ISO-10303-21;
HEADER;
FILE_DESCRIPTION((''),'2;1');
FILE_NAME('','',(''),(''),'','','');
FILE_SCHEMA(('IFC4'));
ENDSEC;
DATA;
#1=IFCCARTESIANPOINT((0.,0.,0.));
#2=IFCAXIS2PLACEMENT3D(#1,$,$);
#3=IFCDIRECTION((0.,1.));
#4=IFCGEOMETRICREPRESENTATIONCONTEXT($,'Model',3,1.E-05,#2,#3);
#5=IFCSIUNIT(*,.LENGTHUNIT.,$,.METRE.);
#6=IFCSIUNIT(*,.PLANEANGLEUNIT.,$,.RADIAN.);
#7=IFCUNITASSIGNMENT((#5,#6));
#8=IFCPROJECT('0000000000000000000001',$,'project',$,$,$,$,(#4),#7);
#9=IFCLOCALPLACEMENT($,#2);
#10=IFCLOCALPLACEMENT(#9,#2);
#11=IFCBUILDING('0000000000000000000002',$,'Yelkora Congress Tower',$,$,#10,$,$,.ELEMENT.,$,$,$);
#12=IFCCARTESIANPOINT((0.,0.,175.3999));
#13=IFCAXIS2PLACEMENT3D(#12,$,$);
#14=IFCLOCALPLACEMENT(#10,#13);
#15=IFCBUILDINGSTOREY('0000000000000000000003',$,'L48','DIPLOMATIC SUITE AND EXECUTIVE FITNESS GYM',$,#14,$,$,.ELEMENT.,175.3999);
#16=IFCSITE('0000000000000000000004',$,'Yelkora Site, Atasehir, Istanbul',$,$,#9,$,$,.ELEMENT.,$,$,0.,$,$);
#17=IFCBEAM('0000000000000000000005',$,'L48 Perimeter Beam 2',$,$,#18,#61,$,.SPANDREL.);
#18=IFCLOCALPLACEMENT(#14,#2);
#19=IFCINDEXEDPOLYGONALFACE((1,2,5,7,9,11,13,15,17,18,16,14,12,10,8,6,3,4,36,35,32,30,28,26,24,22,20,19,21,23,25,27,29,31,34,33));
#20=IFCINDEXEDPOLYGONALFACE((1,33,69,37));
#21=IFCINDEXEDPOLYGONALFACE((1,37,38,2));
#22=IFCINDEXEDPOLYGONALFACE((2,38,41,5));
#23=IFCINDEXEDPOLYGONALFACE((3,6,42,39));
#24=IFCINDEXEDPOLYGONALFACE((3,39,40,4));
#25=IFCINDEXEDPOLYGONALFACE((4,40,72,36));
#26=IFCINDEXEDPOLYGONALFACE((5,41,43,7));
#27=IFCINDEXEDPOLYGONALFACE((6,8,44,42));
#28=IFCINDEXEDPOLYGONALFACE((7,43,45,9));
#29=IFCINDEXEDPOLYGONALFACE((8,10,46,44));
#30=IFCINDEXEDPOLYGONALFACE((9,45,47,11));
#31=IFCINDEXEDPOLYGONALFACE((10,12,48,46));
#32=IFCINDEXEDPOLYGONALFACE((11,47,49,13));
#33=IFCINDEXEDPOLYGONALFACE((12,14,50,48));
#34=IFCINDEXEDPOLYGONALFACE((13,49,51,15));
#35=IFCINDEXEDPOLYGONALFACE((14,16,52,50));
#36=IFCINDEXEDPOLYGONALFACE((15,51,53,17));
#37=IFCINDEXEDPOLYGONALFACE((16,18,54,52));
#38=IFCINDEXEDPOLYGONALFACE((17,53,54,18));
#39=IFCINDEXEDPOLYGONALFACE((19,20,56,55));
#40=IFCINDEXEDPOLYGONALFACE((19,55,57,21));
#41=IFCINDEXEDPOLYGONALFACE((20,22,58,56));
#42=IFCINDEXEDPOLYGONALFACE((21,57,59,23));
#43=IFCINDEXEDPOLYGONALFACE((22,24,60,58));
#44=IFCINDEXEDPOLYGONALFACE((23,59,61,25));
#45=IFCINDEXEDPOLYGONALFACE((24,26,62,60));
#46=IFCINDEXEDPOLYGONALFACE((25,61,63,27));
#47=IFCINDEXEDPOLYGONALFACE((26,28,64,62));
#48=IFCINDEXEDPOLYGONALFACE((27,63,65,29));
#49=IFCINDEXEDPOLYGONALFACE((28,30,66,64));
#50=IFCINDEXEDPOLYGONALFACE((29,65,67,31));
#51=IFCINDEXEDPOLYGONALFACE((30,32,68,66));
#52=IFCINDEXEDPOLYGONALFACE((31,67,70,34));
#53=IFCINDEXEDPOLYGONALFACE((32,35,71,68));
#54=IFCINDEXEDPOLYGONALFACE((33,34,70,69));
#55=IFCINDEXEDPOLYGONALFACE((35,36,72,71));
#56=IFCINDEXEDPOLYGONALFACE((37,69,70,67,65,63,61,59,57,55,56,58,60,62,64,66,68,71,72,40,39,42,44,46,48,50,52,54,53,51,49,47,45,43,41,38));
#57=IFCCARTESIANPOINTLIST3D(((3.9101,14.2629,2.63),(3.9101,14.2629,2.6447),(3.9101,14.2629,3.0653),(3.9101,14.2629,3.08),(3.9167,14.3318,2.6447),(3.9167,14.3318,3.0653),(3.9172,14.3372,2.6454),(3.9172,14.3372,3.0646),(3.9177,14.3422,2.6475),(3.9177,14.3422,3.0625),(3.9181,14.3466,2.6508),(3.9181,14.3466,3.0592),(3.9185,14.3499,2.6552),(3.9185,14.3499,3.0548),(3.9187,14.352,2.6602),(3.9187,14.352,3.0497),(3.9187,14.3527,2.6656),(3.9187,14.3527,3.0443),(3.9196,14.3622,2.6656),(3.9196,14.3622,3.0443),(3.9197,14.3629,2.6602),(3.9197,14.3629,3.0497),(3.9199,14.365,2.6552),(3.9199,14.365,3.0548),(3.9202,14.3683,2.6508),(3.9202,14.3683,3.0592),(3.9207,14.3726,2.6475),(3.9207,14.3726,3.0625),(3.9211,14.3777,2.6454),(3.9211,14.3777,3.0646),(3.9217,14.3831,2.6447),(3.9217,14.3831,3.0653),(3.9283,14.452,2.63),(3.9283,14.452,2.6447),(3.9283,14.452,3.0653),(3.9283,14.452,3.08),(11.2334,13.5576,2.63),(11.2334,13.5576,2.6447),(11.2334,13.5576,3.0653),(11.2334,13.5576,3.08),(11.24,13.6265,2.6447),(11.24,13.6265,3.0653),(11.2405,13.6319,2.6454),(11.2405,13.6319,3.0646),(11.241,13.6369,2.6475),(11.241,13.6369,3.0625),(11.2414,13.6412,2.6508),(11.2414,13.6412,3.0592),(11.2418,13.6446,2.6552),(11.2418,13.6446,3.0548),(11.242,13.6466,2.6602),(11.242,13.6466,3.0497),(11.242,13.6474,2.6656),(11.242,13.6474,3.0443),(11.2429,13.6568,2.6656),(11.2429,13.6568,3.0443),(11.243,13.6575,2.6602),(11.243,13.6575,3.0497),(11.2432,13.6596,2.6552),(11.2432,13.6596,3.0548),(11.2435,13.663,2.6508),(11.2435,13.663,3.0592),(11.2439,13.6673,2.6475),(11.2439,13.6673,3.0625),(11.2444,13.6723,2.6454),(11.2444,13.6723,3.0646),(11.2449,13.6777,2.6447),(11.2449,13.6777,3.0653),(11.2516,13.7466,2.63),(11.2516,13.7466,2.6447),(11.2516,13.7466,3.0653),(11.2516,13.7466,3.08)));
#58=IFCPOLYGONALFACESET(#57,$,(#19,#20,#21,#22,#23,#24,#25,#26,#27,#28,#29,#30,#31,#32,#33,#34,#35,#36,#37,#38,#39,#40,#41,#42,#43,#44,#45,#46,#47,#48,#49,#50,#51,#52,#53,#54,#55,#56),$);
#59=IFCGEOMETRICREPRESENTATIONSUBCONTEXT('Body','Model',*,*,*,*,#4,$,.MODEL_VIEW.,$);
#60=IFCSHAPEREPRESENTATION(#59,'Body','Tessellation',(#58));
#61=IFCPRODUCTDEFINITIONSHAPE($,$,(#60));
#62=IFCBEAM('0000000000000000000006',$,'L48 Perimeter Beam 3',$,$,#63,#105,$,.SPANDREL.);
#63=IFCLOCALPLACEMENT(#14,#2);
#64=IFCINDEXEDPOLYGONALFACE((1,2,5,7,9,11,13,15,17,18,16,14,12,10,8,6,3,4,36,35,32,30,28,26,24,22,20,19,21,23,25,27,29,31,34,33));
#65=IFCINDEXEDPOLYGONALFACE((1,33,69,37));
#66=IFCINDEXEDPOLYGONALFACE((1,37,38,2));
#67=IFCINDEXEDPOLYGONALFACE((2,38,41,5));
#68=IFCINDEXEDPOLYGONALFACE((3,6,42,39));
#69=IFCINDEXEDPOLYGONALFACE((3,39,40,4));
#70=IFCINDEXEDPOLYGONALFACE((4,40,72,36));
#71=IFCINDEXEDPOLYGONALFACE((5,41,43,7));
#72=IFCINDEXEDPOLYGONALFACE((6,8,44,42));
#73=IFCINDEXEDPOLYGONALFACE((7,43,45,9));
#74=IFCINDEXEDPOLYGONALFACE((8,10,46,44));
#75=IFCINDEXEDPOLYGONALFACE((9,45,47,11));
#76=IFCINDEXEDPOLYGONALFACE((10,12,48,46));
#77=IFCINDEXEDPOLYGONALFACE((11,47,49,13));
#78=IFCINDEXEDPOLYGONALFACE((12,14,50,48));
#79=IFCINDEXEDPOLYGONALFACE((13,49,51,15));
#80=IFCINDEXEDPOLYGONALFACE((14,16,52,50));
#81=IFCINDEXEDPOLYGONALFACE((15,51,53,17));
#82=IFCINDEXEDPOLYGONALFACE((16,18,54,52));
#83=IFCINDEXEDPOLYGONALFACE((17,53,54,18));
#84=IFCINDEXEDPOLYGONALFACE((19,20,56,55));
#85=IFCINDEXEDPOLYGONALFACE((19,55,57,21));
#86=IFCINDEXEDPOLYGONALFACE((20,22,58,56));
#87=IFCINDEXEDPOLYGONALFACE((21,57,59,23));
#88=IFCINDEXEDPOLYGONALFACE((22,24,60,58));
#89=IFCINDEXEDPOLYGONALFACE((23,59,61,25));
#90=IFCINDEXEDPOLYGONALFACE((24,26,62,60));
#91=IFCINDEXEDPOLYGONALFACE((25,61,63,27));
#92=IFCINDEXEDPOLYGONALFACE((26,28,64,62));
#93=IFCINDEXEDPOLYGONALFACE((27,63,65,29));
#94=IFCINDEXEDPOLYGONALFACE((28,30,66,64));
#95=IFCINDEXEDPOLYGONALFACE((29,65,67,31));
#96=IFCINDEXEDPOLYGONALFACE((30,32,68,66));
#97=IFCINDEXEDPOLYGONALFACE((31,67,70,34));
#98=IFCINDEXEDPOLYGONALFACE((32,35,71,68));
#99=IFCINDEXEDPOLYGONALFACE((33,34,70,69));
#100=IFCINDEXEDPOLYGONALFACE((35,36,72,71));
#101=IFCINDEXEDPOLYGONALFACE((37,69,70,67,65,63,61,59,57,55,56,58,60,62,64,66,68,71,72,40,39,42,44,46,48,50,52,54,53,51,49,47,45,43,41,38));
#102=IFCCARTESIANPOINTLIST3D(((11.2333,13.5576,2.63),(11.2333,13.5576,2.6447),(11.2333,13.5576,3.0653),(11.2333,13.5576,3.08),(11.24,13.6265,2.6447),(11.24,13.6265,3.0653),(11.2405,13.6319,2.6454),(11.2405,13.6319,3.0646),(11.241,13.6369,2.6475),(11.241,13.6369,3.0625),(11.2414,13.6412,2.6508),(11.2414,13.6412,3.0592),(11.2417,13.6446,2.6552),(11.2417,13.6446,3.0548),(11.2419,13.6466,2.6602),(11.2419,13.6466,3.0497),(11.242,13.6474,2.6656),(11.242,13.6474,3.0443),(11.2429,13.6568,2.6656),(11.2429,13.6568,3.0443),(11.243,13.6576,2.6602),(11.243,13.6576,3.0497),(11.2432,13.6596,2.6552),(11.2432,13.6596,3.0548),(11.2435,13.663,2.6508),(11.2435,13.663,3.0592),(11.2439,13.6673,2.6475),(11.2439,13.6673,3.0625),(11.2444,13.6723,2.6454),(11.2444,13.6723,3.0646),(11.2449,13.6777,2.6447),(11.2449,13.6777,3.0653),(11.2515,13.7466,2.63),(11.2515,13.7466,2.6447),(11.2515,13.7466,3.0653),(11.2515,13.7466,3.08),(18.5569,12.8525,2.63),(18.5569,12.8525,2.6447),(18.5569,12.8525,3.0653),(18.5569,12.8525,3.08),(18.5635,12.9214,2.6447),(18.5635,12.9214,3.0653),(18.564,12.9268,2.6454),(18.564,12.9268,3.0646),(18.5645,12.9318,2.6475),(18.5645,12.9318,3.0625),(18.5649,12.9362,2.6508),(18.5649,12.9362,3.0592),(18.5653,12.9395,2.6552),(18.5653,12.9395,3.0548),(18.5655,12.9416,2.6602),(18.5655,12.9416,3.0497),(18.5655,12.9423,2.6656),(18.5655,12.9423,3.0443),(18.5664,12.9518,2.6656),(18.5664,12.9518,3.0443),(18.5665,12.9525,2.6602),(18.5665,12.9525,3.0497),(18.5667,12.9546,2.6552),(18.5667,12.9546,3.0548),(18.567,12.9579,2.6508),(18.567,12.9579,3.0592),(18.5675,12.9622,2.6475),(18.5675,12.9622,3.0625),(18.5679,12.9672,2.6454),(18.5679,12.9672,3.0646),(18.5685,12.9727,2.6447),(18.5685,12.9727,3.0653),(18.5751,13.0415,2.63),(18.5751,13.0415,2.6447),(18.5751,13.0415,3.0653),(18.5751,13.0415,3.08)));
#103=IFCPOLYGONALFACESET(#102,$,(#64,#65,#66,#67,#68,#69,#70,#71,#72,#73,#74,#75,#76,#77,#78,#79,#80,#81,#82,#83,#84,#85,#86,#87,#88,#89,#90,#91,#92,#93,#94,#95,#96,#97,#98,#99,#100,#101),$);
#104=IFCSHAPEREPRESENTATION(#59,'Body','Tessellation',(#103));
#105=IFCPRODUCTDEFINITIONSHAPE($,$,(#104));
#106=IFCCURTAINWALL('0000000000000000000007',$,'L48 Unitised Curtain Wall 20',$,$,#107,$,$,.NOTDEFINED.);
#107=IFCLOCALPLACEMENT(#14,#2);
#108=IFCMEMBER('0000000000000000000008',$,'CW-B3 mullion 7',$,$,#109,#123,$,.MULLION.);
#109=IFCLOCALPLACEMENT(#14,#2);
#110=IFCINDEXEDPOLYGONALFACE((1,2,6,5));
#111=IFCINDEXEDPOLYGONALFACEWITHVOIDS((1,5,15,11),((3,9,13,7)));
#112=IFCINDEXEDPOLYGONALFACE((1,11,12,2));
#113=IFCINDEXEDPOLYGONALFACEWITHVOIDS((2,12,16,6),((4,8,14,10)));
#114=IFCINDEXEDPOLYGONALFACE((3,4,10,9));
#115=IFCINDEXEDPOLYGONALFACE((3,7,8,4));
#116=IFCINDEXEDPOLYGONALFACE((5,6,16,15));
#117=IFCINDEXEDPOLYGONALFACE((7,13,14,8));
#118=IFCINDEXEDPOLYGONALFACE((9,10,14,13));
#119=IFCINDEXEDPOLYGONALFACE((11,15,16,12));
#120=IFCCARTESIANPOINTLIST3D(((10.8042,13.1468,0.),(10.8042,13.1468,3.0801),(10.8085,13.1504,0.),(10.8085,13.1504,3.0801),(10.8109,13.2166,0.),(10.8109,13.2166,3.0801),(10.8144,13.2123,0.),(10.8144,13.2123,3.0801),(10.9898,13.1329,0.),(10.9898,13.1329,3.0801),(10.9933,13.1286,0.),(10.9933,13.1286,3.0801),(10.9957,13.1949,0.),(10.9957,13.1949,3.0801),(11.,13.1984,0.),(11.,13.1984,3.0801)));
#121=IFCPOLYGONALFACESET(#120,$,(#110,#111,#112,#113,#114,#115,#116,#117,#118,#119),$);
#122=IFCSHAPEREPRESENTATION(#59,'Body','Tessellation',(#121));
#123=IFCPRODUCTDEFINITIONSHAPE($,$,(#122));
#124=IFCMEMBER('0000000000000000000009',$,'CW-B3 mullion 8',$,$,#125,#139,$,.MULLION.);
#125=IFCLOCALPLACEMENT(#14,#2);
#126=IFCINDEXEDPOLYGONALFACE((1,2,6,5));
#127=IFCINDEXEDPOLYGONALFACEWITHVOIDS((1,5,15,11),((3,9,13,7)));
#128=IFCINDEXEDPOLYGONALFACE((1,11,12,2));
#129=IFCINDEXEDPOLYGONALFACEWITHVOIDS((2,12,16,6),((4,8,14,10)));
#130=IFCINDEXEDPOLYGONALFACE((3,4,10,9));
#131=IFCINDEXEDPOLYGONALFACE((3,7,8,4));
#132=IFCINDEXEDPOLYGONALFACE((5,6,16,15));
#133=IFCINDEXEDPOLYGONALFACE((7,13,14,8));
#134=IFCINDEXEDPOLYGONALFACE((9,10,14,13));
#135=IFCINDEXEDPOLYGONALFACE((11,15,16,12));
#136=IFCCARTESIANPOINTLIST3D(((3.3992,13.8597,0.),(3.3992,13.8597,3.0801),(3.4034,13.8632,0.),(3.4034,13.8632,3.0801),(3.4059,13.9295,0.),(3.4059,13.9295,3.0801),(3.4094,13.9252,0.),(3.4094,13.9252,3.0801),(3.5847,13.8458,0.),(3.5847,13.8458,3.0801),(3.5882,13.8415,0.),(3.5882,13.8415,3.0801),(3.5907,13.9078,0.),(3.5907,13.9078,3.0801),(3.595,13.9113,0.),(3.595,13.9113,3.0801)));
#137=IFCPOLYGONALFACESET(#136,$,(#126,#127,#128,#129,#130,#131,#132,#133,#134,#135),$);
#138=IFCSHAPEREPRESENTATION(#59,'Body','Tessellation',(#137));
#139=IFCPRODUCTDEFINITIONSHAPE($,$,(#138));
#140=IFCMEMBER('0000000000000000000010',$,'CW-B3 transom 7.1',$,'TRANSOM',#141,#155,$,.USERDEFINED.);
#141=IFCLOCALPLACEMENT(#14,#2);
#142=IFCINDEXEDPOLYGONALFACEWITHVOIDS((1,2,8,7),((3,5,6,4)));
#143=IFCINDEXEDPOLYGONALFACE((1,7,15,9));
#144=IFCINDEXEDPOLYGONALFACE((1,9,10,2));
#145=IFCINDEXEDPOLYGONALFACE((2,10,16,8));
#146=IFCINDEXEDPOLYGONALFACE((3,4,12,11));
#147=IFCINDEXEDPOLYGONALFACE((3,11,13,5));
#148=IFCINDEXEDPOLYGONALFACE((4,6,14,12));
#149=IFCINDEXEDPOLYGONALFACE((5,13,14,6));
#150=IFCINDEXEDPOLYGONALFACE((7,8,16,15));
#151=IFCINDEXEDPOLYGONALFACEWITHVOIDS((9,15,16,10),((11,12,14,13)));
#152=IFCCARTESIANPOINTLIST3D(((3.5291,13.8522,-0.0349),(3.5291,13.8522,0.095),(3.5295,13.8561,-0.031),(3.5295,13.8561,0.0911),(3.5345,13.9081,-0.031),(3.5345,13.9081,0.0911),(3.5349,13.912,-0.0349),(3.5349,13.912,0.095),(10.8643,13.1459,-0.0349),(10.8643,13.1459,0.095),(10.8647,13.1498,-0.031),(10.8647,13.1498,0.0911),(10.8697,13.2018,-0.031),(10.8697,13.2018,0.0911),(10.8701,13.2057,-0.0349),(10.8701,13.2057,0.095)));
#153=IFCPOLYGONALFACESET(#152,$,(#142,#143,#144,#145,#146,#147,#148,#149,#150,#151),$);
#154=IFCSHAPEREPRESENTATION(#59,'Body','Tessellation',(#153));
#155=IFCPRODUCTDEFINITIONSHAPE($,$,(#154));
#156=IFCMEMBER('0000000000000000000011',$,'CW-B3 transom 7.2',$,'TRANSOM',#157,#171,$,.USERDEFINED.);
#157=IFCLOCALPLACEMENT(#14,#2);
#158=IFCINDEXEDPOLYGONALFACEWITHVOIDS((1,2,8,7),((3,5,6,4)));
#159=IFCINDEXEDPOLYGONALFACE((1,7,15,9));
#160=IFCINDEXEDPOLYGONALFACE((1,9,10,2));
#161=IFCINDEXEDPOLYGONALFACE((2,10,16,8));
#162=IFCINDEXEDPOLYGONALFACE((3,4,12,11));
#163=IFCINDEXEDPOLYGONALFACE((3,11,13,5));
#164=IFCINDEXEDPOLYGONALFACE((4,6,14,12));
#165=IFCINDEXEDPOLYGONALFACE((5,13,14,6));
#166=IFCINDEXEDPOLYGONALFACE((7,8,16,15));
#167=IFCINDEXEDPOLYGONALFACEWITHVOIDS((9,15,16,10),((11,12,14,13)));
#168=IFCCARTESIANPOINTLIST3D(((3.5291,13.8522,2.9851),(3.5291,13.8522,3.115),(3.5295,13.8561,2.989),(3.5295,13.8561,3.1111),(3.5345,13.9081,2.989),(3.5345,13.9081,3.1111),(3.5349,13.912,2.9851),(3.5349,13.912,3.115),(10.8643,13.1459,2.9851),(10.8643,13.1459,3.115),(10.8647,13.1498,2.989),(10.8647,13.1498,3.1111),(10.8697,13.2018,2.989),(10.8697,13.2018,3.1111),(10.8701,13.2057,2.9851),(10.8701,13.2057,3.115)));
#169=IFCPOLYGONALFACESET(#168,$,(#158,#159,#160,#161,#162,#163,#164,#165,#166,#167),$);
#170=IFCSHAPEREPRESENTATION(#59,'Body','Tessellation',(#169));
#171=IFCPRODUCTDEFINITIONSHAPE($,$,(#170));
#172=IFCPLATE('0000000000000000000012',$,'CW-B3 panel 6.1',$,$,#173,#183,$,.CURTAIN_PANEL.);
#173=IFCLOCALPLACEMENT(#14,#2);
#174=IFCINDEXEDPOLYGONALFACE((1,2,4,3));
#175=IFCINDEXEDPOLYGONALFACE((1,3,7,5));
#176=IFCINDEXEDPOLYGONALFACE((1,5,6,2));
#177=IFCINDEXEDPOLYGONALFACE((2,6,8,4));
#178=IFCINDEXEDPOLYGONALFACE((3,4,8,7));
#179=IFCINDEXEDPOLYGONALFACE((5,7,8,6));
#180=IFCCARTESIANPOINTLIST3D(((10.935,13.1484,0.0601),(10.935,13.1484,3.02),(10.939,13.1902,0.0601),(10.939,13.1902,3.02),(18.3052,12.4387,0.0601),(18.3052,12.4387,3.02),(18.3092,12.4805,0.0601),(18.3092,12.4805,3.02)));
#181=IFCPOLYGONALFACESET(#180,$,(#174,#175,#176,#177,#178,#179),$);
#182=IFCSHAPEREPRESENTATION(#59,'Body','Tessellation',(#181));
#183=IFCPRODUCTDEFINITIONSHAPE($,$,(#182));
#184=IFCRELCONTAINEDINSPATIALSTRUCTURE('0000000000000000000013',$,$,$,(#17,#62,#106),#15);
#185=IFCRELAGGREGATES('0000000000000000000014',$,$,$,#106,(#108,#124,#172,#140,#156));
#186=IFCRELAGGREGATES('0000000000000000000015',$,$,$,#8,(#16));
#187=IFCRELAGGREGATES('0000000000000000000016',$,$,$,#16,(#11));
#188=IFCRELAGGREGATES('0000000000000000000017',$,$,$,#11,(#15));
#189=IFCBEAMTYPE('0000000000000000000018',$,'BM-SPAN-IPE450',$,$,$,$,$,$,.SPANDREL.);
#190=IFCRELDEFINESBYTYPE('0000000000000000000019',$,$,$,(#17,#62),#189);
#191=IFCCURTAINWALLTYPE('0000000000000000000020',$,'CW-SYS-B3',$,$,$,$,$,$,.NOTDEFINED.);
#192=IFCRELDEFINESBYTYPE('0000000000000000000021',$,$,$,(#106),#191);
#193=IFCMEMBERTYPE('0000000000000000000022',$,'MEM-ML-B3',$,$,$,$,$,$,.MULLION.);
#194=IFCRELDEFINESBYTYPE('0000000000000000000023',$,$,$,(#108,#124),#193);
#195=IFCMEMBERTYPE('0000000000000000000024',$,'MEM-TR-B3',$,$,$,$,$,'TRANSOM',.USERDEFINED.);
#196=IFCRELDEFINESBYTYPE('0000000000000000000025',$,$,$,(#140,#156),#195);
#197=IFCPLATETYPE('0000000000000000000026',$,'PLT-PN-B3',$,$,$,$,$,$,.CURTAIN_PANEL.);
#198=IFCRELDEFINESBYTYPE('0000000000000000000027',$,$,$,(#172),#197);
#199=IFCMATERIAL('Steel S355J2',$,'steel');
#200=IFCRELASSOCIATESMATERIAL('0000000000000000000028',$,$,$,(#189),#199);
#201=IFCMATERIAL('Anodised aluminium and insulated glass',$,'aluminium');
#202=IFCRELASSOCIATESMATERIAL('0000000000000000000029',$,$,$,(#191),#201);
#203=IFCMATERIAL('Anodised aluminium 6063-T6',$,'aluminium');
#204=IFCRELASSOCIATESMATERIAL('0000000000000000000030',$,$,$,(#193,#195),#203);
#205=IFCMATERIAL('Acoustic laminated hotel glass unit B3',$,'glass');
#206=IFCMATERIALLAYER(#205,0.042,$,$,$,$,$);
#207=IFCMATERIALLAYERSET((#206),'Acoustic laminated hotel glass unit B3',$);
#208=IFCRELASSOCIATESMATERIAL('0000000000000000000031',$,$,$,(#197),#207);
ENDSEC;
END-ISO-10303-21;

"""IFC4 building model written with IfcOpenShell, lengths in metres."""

from ifc_helpers import new_model, si_unit, direction, frame, origin, origin_2d, place, context, subcontext, project, spatial, rectangle, hollow_rectangle, i_section, extrude, material, layer, layer_set, material_profile, profile_set, type_object, element, aggregate, save


model = new_model("IFC4")

# Units and contexts
model_context = context("Model", 3, precision=1e-05, world=origin(), true_north=direction((0.0, 1.0)))
body_context = subcontext(model_context, "Body", "Model", "MODEL_VIEW")
ifc_project = project(units=[si_unit("LENGTHUNIT", "METRE"), si_unit("PLANEANGLEUNIT", "RADIAN")], contexts=[model_context])

# Site, building, storey
site_placement = place(None, origin())
site = spatial("IfcSite", under=ifc_project, at=site_placement, Name="Yelkora Site, Atasehir, Istanbul", CompositionType="ELEMENT", RefElevation=0.0)
building_placement = place(site_placement, origin())
building = spatial("IfcBuilding", under=site, at=building_placement, Name="Yelkora Congress Tower", CompositionType="ELEMENT")
storey_placement = place(building_placement, frame((0.0, 0.0, 175.3999)))
storey = spatial("IfcBuildingStorey", under=building, at=storey_placement, Name="L48", Description="DIPLOMATIC SUITE AND EXECUTIVE FITNESS GYM", CompositionType="ELEMENT", Elevation=175.3999)

# Beams
ifc_material_1 = material(Name="Steel S355J2", Category="steel")
ifc_material_profile_1 = material_profile(ifc_material_1, i_section(OverallWidth=0.1899, OverallDepth=0.45, WebThickness=0.0095, FlangeThickness=0.0146, FilletRadius=0.021, at=origin_2d()), Name="IPE 450")
ifc_profile_set_1 = profile_set([ifc_material_profile_1], Name="Steel S355J2")
beam_type_1 = type_object("IfcBeamType", Name="BM-SPAN-IPE450", PredefinedType="SPANDREL", material=ifc_profile_set_1)
beam_1_placement = place(storey_placement, frame((3.9192, 14.3574, 2.855), z_axis=(0.995394, -0.095869, 0.0), x_axis=(0.095869, 0.995394, 0.0)))
element("IfcBeam", 1, at=beam_1_placement, inside=storey, type_object=beam_type_1, Name="L48 Perimeter Beam 2", PredefinedType="SPANDREL", context=body_context, shape_type="SweptSolid", body=[
    extrude(i_section(OverallWidth=0.1899, OverallDepth=0.45, WebThickness=0.0095, FlangeThickness=0.0146, FilletRadius=0.021, at=origin_2d()), origin(), (0.0, 0.0, 1.0), 7.3572),
])
beam_2_placement = place(storey_placement, frame((11.2424, 13.6521, 2.855), z_axis=(0.995397, -0.095833, 0.0), x_axis=(0.095833, 0.995397, 0.0)))
element("IfcBeam", 2, at=beam_2_placement, inside=storey, type_object=beam_type_1, Name="L48 Perimeter Beam 3", PredefinedType="SPANDREL", context=body_context, shape_type="SweptSolid", body=[
    extrude(i_section(OverallWidth=0.1899, OverallDepth=0.45, WebThickness=0.0095, FlangeThickness=0.0146, FilletRadius=0.021, at=origin_2d()), origin(), (0.0, 0.0, 1.0), 7.3574),
])

# Curtain wall, members, plate
ifc_material_2 = material(Name="Anodised aluminium and insulated glass", Category="aluminium")
curtain_wall_type = type_object("IfcCurtainWallType", Name="CW-SYS-B3", PredefinedType="NOTDEFINED", material=ifc_material_2)
curtain_wall_placement = place(storey_placement, origin())
curtain_wall = element("IfcCurtainWall", 3, at=curtain_wall_placement, inside=storey, type_object=curtain_wall_type, Name="L48 Unitised Curtain Wall 20", PredefinedType="NOTDEFINED")
ifc_material_3 = material(Name="Anodised aluminium 6063-T6", Category="aluminium")
ifc_material_profile_2 = material_profile(ifc_material_3, hollow_rectangle(XDim=0.0701, YDim=0.1899, WallThickness=0.0039, at=origin_2d()), Name="ALU 70x190x4")
ifc_profile_set_2 = profile_set([ifc_material_profile_2], Name="Anodised aluminium 6063-T6")
member_type_1 = type_object("IfcMemberType", Name="MEM-ML-B3", PredefinedType="MULLION", material=ifc_profile_set_2)
member_1_placement = place(storey_placement, frame((10.9021, 13.1726, 0.0), z_axis=(0.0, 0.0, 1.0), x_axis=(-0.095845, -0.995396, 0.0)))
member_1 = element("IfcMember", 4, at=member_1_placement, type_object=member_type_1, Name="CW-B3 mullion 7", PredefinedType="MULLION", context=body_context, shape_type="SweptSolid", body=[
    extrude(hollow_rectangle(XDim=0.0701, YDim=0.1899, WallThickness=0.0039, at=origin_2d()), origin(), (0.0, 0.0, 1.0), 3.0801),
])
member_2_placement = place(storey_placement, frame((3.4971, 13.8855, 0.0), z_axis=(0.0, 0.0, 1.0), x_axis=(-0.095845, -0.995396, 0.0)))
member_2 = element("IfcMember", 5, at=member_2_placement, type_object=member_type_1, Name="CW-B3 mullion 8", PredefinedType="MULLION", context=body_context, shape_type="SweptSolid", body=[
    extrude(hollow_rectangle(XDim=0.0701, YDim=0.1899, WallThickness=0.0039, at=origin_2d()), origin(), (0.0, 0.0, 1.0), 3.0801),
])
ifc_material_profile_3 = material_profile(ifc_material_3, hollow_rectangle(XDim=0.0601, YDim=0.1299, WallThickness=0.0039, at=origin_2d()), Name="ALU 60x130x4")
ifc_profile_set_3 = profile_set([ifc_material_profile_3], Name="Anodised aluminium 6063-T6")
member_type_2 = type_object("IfcMemberType", Name="MEM-TR-B3", ElementType="TRANSOM", PredefinedType="USERDEFINED", material=ifc_profile_set_3)
member_3_placement = place(storey_placement, frame((10.8672, 13.1758, 0.03), z_axis=(-0.995396, 0.095846, 0.0), x_axis=(-0.095846, -0.995396, 0.0)))
member_3 = element("IfcMember", 6, at=member_3_placement, type_object=member_type_2, Name="CW-B3 transom 7.1", ObjectType="TRANSOM", PredefinedType="USERDEFINED", context=body_context, shape_type="SweptSolid", body=[
    extrude(hollow_rectangle(XDim=0.0601, YDim=0.1299, WallThickness=0.0039, at=origin_2d()), origin(), (0.0, 0.0, 1.0), 7.3691),
])
member_4_placement = place(storey_placement, frame((10.8672, 13.1758, 3.05), z_axis=(-0.995396, 0.095846, 0.0), x_axis=(-0.095846, -0.995396, 0.0)))
member_4 = element("IfcMember", 7, at=member_4_placement, type_object=member_type_2, Name="CW-B3 transom 7.2", ObjectType="TRANSOM", PredefinedType="USERDEFINED", context=body_context, shape_type="SweptSolid", body=[
    extrude(hollow_rectangle(XDim=0.0601, YDim=0.1299, WallThickness=0.0039, at=origin_2d()), origin(), (0.0, 0.0, 1.0), 7.3691),
])
ifc_material_4 = material(Name="Acoustic laminated hotel glass unit B3", Category="glass")
ifc_layer_1 = layer(ifc_material_4, 0.042)
ifc_layer_set_1 = layer_set([ifc_layer_1], Name="Acoustic laminated hotel glass unit B3")
plate_type = type_object("IfcPlateType", Name="PLT-PN-B3", PredefinedType="CURTAIN_PANEL", material=ifc_layer_set_1)
plate_1_placement = place(storey_placement, frame((14.6221, 12.8145, 0.0601), z_axis=(0.0, 0.0, 1.0), x_axis=(-0.995396, 0.095845, 0.0)))
plate_1 = element("IfcPlate", 8, at=plate_1_placement, type_object=plate_type, Name="CW-B3 panel 6.1", PredefinedType="CURTAIN_PANEL", context=body_context, shape_type="SweptSolid", body=[
    extrude(rectangle(XDim=7.4043, YDim=0.042, at=origin_2d()), origin(), (0.0, 0.0, 1.0), 2.96),
])
aggregate(curtain_wall, [member_1, member_2, plate_1, member_3, member_4])

save(model, "model.ifc")
